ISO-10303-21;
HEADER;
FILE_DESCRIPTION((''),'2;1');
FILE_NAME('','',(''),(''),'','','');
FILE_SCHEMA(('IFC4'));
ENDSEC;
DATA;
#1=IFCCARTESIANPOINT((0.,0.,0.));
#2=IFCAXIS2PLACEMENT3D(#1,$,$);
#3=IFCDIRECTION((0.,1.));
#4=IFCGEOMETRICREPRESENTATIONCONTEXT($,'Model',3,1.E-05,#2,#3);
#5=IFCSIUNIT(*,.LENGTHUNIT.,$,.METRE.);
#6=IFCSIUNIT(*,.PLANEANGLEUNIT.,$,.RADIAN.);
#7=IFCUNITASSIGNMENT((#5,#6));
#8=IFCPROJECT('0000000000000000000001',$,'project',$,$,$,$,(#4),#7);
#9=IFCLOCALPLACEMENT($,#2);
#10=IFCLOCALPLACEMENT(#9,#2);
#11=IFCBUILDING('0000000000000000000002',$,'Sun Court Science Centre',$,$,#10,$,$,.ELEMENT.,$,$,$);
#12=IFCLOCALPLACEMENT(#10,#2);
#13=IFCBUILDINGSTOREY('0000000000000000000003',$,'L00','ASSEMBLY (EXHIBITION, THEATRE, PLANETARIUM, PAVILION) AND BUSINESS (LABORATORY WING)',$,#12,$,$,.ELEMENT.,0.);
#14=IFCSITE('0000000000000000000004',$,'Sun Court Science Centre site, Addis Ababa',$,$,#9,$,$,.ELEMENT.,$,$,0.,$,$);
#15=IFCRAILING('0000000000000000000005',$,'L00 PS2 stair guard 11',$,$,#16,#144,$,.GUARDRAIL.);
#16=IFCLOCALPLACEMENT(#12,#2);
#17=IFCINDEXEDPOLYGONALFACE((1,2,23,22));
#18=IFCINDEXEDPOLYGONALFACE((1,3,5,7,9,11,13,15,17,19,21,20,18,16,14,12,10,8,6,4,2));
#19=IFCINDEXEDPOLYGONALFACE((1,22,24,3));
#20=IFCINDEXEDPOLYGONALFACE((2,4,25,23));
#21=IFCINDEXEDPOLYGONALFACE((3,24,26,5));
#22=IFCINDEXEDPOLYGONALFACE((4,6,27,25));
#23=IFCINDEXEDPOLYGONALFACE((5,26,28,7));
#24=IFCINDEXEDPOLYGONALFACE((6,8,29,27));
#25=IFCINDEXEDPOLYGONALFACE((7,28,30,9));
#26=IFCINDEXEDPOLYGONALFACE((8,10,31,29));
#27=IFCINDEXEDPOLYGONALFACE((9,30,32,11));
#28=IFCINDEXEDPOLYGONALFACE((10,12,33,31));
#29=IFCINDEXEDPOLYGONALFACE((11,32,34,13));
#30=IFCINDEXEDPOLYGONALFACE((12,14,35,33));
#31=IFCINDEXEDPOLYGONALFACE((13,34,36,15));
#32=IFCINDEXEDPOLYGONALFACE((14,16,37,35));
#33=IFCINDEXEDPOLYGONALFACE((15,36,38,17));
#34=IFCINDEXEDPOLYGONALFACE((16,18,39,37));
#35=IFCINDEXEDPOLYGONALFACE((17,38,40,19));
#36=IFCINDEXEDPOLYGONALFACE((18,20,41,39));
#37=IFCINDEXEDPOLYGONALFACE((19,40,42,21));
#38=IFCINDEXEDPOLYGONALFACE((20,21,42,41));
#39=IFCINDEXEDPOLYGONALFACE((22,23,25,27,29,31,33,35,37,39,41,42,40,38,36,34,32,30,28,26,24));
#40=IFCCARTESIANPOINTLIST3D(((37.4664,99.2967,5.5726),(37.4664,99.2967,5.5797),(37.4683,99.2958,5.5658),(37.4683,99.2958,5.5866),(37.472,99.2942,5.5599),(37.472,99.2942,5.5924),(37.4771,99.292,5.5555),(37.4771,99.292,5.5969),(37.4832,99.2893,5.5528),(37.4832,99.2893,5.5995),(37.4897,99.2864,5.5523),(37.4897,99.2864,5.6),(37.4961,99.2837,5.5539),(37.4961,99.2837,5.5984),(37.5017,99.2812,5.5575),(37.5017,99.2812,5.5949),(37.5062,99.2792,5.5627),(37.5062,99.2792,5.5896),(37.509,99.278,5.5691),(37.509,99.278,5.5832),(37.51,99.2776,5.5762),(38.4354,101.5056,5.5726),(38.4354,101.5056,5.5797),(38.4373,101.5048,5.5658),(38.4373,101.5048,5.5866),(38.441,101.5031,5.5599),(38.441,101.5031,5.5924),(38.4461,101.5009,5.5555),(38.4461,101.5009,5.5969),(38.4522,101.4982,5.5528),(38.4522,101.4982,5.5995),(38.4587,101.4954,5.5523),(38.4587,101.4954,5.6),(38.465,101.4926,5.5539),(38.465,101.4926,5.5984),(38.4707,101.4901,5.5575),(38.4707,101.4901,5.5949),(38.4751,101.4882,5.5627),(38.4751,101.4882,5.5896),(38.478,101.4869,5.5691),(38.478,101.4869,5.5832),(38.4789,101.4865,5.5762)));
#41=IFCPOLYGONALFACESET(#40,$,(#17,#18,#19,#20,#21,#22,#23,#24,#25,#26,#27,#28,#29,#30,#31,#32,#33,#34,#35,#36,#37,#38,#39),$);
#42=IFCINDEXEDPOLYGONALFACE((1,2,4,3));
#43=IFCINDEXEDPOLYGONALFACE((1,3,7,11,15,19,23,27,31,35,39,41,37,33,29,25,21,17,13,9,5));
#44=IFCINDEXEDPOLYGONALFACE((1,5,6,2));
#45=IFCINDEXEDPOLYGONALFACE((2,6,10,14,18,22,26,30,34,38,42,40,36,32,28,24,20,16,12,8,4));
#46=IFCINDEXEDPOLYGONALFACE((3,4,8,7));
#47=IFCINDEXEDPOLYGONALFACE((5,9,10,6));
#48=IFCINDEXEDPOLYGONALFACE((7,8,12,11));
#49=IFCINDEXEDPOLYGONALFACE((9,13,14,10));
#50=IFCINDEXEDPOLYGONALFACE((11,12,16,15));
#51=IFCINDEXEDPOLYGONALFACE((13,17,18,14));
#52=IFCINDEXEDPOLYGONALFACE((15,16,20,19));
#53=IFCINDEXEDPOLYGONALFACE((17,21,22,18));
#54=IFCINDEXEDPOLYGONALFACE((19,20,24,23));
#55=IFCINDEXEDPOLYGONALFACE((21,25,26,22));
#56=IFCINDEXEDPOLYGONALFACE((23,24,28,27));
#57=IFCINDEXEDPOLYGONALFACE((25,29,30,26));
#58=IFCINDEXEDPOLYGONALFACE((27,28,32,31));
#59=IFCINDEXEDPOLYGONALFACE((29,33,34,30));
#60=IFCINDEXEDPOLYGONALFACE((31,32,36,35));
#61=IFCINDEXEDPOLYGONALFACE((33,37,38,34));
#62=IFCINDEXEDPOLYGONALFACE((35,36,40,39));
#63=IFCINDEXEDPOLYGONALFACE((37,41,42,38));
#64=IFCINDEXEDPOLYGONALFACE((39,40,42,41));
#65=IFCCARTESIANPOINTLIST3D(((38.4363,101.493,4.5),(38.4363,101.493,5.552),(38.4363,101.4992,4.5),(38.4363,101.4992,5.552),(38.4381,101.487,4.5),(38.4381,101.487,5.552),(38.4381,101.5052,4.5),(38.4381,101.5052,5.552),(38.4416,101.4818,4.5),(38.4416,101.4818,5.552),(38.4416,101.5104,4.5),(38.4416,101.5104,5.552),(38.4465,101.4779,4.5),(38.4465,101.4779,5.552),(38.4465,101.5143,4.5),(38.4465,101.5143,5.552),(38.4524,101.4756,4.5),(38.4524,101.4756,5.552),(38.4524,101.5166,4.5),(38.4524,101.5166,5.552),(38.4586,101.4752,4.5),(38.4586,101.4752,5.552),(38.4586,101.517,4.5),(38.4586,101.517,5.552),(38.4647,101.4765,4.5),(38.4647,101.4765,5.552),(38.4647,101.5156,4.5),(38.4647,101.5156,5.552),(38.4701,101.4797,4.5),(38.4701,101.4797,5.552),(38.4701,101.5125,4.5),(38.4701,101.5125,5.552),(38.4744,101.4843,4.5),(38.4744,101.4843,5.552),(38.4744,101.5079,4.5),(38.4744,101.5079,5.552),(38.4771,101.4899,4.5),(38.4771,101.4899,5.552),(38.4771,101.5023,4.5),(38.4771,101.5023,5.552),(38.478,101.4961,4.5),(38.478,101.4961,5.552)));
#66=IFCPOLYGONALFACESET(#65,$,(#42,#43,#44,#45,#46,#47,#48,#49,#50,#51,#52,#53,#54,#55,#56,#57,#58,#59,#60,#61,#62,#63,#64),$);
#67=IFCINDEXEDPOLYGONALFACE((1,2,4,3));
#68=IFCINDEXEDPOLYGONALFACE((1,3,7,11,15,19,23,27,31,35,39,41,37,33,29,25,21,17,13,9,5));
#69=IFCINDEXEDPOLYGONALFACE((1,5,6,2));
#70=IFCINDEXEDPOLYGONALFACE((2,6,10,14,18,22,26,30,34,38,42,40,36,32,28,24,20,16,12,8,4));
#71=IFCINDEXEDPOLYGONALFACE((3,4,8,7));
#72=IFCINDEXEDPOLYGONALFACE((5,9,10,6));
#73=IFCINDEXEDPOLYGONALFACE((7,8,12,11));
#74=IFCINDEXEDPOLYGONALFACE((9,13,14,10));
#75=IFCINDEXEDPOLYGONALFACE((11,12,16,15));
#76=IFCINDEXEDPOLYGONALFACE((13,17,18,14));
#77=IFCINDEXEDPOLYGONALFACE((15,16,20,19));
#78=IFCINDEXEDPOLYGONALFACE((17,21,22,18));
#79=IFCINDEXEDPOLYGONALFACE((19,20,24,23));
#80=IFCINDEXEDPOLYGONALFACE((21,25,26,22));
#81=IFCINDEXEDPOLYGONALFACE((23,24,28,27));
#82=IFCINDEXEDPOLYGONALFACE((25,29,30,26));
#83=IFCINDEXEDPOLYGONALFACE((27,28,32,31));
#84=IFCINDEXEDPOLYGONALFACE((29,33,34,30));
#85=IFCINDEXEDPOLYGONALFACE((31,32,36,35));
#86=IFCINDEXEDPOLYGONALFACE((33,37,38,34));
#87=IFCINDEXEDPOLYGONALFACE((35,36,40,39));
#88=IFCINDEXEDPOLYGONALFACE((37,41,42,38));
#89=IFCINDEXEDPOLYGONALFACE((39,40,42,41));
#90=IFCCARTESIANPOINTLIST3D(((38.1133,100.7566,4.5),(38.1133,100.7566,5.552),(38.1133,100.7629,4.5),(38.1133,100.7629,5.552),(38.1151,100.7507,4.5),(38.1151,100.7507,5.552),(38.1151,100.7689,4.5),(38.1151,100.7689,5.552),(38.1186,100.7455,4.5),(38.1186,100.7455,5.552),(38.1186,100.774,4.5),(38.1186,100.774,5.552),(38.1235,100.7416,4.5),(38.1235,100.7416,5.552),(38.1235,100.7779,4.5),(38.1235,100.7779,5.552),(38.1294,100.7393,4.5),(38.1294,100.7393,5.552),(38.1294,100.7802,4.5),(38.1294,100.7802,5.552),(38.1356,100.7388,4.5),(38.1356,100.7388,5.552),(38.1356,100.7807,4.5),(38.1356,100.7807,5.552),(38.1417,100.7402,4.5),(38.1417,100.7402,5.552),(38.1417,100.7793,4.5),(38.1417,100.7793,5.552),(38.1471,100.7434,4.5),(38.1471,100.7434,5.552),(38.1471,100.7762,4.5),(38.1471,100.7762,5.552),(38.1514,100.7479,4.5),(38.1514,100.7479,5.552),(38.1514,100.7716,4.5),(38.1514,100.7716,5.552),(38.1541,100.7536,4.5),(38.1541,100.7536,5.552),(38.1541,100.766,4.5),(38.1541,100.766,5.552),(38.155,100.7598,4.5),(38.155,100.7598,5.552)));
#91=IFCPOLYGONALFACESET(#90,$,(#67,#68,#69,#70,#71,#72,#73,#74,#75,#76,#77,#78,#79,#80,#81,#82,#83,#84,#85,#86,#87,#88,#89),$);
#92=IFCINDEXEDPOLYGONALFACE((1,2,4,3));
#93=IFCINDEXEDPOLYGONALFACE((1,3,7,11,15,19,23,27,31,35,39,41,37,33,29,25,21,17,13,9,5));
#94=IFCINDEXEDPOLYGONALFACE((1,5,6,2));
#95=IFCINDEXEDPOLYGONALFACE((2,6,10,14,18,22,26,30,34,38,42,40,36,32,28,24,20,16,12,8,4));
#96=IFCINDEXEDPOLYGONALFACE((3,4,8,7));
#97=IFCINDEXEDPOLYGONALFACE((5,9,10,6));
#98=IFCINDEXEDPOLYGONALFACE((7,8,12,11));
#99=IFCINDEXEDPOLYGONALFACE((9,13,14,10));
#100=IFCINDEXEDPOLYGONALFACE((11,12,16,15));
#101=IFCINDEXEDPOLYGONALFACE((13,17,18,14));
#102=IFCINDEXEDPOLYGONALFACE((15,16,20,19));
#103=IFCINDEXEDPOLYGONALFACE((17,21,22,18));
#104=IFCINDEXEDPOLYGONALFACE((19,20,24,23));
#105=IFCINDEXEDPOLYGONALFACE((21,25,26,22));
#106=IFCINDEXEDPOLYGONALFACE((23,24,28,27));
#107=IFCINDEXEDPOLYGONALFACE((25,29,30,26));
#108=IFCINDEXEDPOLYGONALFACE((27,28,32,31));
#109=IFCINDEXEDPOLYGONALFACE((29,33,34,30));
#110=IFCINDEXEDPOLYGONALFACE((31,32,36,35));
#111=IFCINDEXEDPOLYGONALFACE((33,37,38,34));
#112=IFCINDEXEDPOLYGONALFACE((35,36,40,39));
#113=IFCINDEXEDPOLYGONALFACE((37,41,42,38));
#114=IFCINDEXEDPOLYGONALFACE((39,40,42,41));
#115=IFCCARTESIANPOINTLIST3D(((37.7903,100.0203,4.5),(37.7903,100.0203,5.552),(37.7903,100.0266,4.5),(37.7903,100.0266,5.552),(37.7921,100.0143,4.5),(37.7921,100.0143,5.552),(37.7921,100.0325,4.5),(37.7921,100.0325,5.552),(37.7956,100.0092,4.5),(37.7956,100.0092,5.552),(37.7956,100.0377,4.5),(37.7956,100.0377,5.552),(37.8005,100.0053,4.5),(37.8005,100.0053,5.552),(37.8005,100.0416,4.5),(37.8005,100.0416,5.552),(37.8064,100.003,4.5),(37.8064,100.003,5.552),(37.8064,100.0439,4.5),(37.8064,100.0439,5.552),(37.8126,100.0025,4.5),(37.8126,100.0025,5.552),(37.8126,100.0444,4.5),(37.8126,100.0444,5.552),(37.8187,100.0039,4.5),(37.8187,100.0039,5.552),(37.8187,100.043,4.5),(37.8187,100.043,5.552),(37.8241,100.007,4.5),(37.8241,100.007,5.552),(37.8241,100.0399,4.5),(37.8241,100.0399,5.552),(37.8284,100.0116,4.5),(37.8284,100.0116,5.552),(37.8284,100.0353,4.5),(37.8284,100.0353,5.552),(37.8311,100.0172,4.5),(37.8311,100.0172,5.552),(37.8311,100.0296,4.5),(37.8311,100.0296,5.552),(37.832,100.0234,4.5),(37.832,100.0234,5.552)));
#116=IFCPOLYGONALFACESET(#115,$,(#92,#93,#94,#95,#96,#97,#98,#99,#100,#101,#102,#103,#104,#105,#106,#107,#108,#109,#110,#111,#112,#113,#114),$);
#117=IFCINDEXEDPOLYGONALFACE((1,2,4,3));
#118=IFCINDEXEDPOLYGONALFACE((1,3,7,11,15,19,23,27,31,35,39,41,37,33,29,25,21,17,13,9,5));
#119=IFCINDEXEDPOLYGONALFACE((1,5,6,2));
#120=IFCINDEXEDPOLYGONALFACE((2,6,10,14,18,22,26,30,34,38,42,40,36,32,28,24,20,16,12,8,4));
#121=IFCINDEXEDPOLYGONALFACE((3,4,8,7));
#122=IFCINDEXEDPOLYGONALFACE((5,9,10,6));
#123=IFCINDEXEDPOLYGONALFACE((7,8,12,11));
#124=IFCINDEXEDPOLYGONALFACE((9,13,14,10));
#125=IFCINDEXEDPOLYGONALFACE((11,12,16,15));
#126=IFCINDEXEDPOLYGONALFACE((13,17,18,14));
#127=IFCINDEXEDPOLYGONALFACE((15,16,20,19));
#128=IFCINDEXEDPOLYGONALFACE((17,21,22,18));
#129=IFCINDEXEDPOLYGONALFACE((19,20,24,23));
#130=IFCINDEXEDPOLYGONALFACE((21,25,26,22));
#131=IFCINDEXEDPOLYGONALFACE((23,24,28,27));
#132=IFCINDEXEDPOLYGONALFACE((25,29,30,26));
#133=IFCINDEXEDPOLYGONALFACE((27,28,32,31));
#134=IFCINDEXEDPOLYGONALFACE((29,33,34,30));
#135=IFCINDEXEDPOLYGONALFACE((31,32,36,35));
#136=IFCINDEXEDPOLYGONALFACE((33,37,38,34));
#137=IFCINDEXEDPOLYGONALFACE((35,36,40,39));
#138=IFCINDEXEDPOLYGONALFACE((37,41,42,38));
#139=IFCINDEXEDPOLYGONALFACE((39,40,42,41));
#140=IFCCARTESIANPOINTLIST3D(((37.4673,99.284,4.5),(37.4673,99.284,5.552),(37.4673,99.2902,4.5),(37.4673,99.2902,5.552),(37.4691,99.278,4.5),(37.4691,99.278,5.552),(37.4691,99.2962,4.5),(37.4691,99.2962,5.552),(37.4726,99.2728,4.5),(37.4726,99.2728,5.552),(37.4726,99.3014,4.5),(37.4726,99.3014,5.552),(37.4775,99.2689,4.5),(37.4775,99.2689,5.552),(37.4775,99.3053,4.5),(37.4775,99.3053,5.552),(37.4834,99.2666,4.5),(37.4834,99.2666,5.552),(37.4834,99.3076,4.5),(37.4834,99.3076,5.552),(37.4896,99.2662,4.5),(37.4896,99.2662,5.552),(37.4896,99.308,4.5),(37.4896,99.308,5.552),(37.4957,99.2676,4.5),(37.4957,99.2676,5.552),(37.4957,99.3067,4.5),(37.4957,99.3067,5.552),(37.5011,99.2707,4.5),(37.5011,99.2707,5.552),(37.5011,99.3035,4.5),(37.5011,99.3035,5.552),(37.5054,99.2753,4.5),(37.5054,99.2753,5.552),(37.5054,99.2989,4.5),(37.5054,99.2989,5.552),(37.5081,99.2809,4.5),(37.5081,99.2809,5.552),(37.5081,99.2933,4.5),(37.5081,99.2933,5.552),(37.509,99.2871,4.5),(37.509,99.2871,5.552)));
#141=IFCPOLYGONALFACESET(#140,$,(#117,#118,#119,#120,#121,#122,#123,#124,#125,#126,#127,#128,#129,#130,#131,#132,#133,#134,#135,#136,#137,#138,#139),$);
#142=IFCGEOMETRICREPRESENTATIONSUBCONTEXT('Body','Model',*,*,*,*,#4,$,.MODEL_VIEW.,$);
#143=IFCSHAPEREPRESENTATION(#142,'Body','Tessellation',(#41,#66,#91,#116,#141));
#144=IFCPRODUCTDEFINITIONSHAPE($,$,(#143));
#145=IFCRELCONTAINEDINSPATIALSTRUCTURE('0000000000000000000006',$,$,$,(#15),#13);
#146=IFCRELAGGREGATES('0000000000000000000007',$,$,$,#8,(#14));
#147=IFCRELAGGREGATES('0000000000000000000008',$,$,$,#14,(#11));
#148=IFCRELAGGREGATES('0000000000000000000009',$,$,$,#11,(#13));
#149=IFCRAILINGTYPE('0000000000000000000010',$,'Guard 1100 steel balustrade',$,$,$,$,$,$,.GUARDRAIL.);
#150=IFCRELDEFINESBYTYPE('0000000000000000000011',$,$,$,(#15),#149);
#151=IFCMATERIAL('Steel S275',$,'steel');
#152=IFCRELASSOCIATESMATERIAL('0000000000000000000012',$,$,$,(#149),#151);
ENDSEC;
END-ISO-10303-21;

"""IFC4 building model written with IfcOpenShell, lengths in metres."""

from ifc_helpers import new_model, si_unit, direction, frame, origin, origin_2d, place, context, subcontext, project, spatial, circle, extrude, material, type_object, element, save


model = new_model("IFC4")

# Units and contexts
model_context = context("Model", 3, precision=1e-05, world=origin(), true_north=direction((0.0, 1.0)))
body_context = subcontext(model_context, "Body", "Model", "MODEL_VIEW")
ifc_project = project(units=[si_unit("LENGTHUNIT", "METRE"), si_unit("PLANEANGLEUNIT", "RADIAN")], contexts=[model_context])

# Site, building, storey
site_placement = place(None, origin())
site = spatial("IfcSite", under=ifc_project, at=site_placement, Name="Sun Court Science Centre site, Addis Ababa", CompositionType="ELEMENT", RefElevation=0.0)
building_placement = place(site_placement, origin())
building = spatial("IfcBuilding", under=site, at=building_placement, Name="Sun Court Science Centre", CompositionType="ELEMENT")
storey_placement = place(building_placement, origin())
storey = spatial("IfcBuildingStorey", under=building, at=storey_placement, Name="L00", Description="ASSEMBLY (EXHIBITION, THEATRE, PLANETARIUM, PAVILION) AND BUSINESS (LABORATORY WING)", CompositionType="ELEMENT", Elevation=0.0)

# Railing
ifc_material_1 = material(Name="Steel S275", Category="steel")
railing_type = type_object("IfcRailingType", Name="Guard 1100 steel balustrade", PredefinedType="GUARDRAIL", material=ifc_material_1)
for number, where, name in (
    (1, (38.457, 101.4961, 4.5), "L00 PS2 stair guard 11"),
):
    element("IfcRailing", number, at=place(storey_placement, frame(where)), inside=storey, type_object=railing_type, Name=name, PredefinedType="GUARDRAIL", context=body_context, shape_type="SweptSolid", body=[
        extrude(circle(Radius=0.0239, at=origin_2d()), frame((0.0, 0.0, 1.0762), z_axis=(-0.401711, -0.915767, 0.0), x_axis=(0.915767, -0.401711, 0.0)), (0.0, 0.0, 1.0), 2.4121),
        extrude(circle(Radius=0.021, at=origin_2d()), origin(), (0.0, 0.0, 1.0), 1.052),
        extrude(circle(Radius=0.021, at=origin_2d()), frame((-0.323, -0.7363, 0.0)), (0.0, 0.0, 1.0), 1.052),
        extrude(circle(Radius=0.021, at=origin_2d()), frame((-0.646, -1.4727, 0.0)), (0.0, 0.0, 1.0), 1.052),
        extrude(circle(Radius=0.021, at=origin_2d()), frame((-0.969, -2.209, 0.0)), (0.0, 0.0, 1.0), 1.052),
    ])

save(model, "model.ifc")
